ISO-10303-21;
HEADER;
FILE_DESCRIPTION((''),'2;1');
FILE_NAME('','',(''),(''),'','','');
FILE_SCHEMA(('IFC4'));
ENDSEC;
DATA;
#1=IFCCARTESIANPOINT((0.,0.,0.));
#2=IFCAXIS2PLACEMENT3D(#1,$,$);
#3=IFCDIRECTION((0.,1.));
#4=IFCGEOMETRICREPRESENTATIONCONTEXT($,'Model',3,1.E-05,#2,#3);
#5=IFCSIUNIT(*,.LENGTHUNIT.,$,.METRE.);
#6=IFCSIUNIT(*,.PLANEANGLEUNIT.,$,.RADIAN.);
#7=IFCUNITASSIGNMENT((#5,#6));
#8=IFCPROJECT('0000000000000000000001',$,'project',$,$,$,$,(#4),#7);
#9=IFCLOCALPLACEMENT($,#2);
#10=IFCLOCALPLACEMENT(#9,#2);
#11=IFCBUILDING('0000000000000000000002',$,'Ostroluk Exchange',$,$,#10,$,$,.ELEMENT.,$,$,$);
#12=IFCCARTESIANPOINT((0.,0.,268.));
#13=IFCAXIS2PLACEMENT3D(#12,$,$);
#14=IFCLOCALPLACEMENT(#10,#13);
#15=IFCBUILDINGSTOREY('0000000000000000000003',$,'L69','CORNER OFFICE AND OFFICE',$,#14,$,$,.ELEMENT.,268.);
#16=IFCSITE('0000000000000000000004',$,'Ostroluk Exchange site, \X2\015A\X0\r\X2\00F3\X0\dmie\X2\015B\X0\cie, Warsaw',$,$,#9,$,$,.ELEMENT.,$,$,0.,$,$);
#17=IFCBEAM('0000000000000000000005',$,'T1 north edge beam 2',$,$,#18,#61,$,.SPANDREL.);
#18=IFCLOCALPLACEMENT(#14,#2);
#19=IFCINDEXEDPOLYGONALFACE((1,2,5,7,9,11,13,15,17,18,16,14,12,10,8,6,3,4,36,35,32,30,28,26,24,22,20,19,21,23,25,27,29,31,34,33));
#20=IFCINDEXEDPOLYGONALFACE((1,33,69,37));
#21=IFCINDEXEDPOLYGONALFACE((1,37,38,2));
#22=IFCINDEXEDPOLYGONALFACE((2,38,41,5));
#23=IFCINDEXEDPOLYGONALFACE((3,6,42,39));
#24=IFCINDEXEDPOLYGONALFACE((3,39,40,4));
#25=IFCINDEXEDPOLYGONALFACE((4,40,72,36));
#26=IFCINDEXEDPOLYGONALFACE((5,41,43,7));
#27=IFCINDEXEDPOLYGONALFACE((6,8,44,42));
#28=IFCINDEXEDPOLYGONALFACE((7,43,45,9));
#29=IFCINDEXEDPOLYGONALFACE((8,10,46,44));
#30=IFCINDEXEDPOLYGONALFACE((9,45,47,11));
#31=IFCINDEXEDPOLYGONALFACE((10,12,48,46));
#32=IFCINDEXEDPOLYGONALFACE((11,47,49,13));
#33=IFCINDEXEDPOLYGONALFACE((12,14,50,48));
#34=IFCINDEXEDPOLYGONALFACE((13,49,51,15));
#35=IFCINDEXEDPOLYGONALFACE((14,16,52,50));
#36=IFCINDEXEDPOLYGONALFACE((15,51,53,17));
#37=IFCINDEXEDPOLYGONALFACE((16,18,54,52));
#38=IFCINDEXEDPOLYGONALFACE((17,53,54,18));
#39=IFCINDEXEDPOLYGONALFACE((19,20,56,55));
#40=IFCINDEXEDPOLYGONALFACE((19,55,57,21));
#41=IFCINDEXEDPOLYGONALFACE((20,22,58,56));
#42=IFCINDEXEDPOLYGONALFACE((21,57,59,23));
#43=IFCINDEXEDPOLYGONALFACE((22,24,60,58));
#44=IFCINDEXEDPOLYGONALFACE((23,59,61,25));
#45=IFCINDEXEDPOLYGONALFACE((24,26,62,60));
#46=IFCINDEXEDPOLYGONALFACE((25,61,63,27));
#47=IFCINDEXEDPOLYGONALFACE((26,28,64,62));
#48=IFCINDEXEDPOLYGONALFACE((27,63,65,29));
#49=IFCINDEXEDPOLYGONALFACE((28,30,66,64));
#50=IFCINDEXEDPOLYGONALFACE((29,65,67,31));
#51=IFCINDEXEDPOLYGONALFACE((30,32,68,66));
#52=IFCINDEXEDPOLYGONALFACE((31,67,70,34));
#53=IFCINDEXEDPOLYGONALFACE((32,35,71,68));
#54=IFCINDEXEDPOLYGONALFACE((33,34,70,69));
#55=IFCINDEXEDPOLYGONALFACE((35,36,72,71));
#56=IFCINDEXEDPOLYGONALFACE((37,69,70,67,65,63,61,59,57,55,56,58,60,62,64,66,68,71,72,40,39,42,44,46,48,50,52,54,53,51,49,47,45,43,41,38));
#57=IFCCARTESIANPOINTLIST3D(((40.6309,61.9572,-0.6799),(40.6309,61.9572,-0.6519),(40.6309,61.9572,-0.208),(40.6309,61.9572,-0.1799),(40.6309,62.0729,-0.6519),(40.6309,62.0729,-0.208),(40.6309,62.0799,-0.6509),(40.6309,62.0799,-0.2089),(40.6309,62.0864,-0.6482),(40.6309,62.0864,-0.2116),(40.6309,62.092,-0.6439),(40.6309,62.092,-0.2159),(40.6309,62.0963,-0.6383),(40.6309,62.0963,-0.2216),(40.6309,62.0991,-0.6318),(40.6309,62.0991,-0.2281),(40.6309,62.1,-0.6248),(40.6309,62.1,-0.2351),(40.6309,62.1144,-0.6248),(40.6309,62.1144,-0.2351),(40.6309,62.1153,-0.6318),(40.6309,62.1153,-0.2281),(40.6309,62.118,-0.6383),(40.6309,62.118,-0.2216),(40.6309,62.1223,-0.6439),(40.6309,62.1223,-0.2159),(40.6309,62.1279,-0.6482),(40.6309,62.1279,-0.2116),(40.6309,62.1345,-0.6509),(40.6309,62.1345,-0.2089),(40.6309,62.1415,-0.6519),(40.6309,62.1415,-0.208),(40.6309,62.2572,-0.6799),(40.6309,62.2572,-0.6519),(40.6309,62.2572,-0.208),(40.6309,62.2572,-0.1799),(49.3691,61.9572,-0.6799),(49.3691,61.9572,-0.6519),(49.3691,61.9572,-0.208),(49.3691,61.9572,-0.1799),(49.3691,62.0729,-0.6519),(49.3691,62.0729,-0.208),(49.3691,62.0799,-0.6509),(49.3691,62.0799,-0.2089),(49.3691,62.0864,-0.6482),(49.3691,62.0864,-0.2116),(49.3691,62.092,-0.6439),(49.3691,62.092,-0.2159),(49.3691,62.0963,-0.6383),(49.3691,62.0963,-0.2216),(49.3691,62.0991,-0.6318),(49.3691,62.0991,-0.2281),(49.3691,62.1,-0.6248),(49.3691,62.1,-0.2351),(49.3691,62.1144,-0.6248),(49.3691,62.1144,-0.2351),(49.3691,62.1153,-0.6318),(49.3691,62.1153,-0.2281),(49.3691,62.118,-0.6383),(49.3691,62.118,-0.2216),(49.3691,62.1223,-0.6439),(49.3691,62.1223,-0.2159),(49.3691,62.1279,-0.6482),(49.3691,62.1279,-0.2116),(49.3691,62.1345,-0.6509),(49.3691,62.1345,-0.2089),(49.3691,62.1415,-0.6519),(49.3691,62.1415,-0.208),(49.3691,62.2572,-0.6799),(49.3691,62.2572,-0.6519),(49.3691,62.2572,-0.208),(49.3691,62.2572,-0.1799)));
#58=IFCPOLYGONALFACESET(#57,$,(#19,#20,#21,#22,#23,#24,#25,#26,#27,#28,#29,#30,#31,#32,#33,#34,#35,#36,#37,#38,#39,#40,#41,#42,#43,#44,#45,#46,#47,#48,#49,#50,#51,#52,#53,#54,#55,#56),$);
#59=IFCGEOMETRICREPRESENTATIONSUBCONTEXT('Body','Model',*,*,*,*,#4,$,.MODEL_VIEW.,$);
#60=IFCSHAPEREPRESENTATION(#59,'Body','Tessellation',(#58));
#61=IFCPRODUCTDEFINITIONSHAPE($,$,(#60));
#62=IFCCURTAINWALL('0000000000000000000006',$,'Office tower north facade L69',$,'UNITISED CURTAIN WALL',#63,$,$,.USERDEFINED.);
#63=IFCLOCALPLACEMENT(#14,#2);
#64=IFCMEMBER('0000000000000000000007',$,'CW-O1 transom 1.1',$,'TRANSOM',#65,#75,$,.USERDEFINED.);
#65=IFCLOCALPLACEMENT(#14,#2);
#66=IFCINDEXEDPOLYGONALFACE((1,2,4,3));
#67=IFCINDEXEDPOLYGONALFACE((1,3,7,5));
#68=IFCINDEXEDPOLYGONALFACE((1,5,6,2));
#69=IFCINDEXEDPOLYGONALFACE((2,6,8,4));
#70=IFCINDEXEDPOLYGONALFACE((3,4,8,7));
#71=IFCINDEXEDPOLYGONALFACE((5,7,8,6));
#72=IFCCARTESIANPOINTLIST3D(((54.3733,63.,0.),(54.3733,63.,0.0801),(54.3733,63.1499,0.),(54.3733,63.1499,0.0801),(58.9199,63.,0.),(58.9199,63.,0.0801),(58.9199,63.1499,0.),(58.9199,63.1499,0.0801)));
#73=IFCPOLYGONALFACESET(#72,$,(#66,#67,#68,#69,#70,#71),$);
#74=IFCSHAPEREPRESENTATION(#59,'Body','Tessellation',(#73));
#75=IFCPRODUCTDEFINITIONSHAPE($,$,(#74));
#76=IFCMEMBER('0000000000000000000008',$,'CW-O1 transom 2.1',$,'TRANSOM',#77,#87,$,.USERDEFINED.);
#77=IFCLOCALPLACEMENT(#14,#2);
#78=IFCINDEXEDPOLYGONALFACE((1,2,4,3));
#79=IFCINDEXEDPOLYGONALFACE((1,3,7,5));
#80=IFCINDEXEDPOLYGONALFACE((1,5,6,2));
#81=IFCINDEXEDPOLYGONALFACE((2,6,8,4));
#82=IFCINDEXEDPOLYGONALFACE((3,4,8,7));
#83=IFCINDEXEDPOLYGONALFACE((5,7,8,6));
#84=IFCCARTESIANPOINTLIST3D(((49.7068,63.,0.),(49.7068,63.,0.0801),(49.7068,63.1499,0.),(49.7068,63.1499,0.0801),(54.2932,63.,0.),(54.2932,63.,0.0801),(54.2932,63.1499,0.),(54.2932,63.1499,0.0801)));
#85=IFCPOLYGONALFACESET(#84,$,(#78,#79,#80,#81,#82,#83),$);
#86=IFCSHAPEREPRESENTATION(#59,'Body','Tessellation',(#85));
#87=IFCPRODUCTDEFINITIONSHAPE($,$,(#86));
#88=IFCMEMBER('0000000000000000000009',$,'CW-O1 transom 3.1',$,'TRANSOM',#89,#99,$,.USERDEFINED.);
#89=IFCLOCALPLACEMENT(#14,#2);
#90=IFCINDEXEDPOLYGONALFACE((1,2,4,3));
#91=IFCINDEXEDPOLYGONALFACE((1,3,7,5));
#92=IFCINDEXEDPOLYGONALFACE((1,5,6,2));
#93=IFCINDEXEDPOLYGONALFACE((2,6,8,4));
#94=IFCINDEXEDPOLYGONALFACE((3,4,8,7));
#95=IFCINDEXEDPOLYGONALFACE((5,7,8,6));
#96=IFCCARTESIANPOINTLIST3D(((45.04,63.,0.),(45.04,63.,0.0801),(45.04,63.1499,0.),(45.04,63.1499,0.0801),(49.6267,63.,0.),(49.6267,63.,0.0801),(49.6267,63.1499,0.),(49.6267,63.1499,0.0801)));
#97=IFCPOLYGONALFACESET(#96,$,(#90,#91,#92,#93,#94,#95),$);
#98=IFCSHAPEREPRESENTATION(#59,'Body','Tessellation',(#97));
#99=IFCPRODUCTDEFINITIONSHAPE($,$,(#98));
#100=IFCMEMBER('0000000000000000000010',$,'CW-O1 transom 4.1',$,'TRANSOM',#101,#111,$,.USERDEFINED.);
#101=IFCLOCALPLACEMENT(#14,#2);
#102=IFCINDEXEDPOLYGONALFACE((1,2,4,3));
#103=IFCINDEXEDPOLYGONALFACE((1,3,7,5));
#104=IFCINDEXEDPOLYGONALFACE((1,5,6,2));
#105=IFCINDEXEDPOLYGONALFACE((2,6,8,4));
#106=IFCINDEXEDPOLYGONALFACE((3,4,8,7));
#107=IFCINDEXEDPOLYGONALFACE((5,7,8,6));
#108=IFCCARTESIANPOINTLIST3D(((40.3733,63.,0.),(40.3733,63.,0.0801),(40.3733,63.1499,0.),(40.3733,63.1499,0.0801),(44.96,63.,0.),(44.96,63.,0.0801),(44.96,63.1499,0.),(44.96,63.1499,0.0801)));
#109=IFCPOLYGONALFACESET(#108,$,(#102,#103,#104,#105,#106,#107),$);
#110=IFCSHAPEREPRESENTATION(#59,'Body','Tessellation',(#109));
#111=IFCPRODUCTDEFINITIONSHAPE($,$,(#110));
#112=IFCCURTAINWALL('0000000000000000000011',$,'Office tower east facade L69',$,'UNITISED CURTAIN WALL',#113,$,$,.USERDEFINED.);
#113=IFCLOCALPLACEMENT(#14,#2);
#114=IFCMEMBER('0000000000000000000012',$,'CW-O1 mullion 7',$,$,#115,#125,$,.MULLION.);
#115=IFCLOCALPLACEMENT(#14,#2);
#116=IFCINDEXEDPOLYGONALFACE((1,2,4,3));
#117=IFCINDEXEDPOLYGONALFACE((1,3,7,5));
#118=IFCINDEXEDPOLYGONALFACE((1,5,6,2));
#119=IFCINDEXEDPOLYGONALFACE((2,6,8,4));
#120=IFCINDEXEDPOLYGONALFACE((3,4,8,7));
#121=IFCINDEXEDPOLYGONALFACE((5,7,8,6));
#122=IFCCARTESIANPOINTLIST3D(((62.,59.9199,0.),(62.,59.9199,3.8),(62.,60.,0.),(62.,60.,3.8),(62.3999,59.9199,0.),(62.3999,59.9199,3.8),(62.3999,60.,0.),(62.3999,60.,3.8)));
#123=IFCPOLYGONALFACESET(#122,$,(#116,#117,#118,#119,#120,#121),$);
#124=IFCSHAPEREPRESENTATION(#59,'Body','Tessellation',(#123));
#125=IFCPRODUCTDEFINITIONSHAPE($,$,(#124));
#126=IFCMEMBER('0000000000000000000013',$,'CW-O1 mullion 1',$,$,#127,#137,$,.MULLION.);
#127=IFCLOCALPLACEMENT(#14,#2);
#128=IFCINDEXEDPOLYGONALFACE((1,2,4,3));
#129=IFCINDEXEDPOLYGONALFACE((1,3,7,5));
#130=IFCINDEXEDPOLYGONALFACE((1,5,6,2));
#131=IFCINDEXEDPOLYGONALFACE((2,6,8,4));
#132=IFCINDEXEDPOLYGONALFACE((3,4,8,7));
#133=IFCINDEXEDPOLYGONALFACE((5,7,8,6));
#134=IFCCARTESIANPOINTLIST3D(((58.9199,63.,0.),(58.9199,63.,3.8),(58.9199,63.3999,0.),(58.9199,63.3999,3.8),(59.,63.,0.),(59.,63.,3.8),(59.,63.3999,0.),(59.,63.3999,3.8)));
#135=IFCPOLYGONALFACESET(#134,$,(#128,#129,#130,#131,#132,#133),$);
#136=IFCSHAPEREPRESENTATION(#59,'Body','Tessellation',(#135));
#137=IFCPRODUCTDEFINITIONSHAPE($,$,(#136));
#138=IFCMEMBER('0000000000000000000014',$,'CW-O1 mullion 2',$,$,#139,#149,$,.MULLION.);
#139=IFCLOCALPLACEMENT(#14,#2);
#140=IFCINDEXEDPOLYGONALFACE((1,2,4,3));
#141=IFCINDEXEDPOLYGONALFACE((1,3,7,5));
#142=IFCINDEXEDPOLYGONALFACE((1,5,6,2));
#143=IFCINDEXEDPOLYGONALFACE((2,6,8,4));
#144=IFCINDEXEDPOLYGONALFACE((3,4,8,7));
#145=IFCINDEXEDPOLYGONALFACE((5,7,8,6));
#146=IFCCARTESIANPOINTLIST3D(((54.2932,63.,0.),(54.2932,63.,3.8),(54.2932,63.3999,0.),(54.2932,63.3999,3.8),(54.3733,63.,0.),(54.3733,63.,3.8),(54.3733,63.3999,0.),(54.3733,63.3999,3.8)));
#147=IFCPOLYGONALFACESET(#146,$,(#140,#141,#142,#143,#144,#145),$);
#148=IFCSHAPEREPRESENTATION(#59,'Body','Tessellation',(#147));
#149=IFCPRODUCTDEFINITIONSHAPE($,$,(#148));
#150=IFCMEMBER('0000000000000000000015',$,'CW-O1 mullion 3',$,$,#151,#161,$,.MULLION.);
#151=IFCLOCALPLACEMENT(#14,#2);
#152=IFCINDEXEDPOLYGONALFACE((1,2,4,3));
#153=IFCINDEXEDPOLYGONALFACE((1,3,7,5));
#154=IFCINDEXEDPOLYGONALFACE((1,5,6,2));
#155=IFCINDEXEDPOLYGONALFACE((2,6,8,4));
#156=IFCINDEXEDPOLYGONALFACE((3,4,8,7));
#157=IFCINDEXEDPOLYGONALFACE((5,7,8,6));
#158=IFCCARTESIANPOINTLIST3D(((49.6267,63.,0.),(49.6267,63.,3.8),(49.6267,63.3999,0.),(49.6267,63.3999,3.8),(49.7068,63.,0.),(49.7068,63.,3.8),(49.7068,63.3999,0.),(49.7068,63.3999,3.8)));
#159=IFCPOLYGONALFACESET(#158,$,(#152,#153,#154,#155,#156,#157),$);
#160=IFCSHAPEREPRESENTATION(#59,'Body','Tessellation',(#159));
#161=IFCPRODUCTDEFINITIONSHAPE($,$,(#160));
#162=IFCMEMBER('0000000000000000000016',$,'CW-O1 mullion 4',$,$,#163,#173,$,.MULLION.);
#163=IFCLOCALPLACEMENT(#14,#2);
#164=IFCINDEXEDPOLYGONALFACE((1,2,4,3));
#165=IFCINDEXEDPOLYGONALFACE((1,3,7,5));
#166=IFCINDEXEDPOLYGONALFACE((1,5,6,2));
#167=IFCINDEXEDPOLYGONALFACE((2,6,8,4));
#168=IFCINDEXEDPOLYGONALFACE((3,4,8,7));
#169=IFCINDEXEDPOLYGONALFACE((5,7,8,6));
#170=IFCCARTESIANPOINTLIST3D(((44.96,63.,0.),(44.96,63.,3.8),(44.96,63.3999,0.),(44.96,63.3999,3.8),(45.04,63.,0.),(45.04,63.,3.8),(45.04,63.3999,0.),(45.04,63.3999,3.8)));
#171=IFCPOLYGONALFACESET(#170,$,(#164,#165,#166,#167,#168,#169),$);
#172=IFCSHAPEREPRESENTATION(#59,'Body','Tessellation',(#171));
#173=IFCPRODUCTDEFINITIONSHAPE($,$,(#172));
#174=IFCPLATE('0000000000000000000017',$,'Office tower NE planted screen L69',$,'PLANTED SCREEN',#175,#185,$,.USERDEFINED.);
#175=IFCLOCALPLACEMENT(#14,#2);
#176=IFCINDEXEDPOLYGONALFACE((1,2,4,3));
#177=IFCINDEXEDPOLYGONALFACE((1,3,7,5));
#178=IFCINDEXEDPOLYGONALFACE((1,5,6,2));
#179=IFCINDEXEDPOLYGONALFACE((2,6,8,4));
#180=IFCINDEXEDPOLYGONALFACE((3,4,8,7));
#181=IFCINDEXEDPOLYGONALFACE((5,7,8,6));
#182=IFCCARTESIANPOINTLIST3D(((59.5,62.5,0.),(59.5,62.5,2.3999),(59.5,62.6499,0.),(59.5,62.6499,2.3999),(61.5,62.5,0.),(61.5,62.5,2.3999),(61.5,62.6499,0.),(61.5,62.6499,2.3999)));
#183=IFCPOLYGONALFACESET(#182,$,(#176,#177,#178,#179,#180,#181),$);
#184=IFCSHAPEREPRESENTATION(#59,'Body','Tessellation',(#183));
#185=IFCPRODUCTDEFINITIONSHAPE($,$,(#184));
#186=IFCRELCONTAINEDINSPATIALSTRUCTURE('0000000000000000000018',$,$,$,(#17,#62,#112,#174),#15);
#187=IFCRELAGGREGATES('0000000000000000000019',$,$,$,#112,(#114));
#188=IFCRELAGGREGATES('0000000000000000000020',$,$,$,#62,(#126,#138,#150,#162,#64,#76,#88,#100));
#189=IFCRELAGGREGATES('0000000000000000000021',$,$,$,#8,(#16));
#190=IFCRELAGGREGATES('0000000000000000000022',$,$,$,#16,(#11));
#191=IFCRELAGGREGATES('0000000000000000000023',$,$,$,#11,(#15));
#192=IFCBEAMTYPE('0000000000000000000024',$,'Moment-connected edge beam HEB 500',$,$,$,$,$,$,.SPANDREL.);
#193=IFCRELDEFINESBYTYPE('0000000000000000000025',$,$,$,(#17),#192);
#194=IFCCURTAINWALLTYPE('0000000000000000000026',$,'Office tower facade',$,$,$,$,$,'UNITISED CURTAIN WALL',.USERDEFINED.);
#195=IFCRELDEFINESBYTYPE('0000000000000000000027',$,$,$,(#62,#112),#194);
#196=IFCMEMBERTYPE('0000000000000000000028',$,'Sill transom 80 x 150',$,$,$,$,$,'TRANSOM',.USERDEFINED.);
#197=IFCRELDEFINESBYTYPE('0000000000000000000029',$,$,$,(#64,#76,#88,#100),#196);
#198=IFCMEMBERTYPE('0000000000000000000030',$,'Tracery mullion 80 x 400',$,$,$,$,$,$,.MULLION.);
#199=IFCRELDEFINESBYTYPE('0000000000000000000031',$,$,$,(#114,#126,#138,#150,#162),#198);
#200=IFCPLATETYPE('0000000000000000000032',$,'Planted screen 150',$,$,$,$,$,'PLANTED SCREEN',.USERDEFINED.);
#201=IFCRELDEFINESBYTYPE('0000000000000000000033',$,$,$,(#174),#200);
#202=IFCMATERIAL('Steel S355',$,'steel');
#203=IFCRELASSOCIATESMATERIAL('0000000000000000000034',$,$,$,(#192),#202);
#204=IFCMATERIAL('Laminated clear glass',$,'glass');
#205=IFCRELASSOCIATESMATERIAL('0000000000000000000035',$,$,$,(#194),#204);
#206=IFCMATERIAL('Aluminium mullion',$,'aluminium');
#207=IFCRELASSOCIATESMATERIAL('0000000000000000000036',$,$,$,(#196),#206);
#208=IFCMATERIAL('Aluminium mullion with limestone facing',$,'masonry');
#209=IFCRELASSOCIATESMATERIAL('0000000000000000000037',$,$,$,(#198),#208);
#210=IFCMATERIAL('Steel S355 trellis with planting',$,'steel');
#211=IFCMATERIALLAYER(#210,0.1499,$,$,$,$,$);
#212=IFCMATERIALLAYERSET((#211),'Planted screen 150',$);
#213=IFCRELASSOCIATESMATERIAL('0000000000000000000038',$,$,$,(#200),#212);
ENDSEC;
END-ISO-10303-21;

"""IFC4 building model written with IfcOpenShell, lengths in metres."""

from ifc_helpers import new_model, si_unit, direction, frame, origin, origin_2d, place, context, subcontext, project, spatial, rectangle, i_section, extrude, material, layer, layer_set, material_profile, profile_set, type_object, element, aggregate, save


model = new_model("IFC4")

# Units and contexts
model_context = context("Model", 3, precision=1e-05, world=origin(), true_north=direction((0.0, 1.0)))
body_context = subcontext(model_context, "Body", "Model", "MODEL_VIEW")
ifc_project = project(units=[si_unit("LENGTHUNIT", "METRE"), si_unit("PLANEANGLEUNIT", "RADIAN")], contexts=[model_context])

# Site, building, storey
site_placement = place(None, origin())
site = spatial("IfcSite", under=ifc_project, at=site_placement, Name="Ostroluk Exchange site, Śródmieście, Warsaw", CompositionType="ELEMENT", RefElevation=0.0)
building_placement = place(site_placement, origin())
building = spatial("IfcBuilding", under=site, at=building_placement, Name="Ostroluk Exchange", CompositionType="ELEMENT")
storey_placement = place(building_placement, frame((0.0, 0.0, 268.0)))
storey = spatial("IfcBuildingStorey", under=building, at=storey_placement, Name="L69", Description="CORNER OFFICE AND OFFICE", CompositionType="ELEMENT", Elevation=268.0)

# Beam
ifc_material_1 = material(Name="Steel S355", Category="steel")
ifc_material_profile_1 = material_profile(ifc_material_1, i_section(OverallWidth=0.3, OverallDepth=0.5, WebThickness=0.0144, FlangeThickness=0.0281, FilletRadius=0.0271, at=origin_2d()), Name="HEB 500")
ifc_profile_set_1 = profile_set([ifc_material_profile_1], Name="Steel S355")
beam_type_1 = type_object("IfcBeamType", Name="Moment-connected edge beam HEB 500", PredefinedType="SPANDREL", material=ifc_profile_set_1)
beam_1_placement = place(storey_placement, frame((49.3691, 62.1072, -0.4299), z_axis=(-1.0, 0.0, 0.0), x_axis=(0.0, -1.0, 0.0)))
element("IfcBeam", 1, at=beam_1_placement, inside=storey, type_object=beam_type_1, Name="T1 north edge beam 2", PredefinedType="SPANDREL", context=body_context, shape_type="SweptSolid", body=[
    extrude(i_section(OverallWidth=0.3, OverallDepth=0.5, WebThickness=0.0144, FlangeThickness=0.0281, FilletRadius=0.0271, at=origin_2d()), origin(), (0.0, 0.0, 1.0), 8.7383),
])

# Curtain wall, members
ifc_material_2 = material(Name="Laminated clear glass", Category="glass")
curtain_wall_type = type_object("IfcCurtainWallType", Name="Office tower facade", ElementType="UNITISED CURTAIN WALL", PredefinedType="USERDEFINED", material=ifc_material_2)
curtain_wall_1_placement = place(storey_placement, origin())
curtain_wall_1 = element("IfcCurtainWall", 2, at=curtain_wall_1_placement, inside=storey, type_object=curtain_wall_type, Name="Office tower north facade L69", ObjectType="UNITISED CURTAIN WALL", PredefinedType="USERDEFINED")
ifc_material_3 = material(Name="Aluminium mullion", Category="aluminium")
ifc_material_profile_2 = material_profile(ifc_material_3, rectangle(XDim=0.1499, YDim=0.0801, at=origin_2d()), Name="Sill transom 80 x 150")
ifc_profile_set_2 = profile_set([ifc_material_profile_2], Name="Aluminium mullion")
member_type_1 = type_object("IfcMemberType", Name="Sill transom 80 x 150", ElementType="TRANSOM", PredefinedType="USERDEFINED", material=ifc_profile_set_2)
member_1_placement = place(storey_placement, frame((58.9199, 63.075, 0.04), z_axis=(-1.0, 0.0, 0.0), x_axis=(0.0, -1.0, 0.0)))
member_1 = element("IfcMember", 3, at=member_1_placement, type_object=member_type_1, Name="CW-O1 transom 1.1", ObjectType="TRANSOM", PredefinedType="USERDEFINED", context=body_context, shape_type="SweptSolid", body=[
    extrude(rectangle(XDim=0.1499, YDim=0.0801, at=origin_2d()), origin(), (0.0, 0.0, 1.0), 4.5466),
])
member_2_placement = place(storey_placement, frame((54.2932, 63.075, 0.04), z_axis=(-1.0, 0.0, 0.0), x_axis=(0.0, -1.0, 0.0)))
member_2 = element("IfcMember", 4, at=member_2_placement, type_object=member_type_1, Name="CW-O1 transom 2.1", ObjectType="TRANSOM", PredefinedType="USERDEFINED", context=body_context, shape_type="SweptSolid", body=[
    extrude(rectangle(XDim=0.1499, YDim=0.0801, at=origin_2d()), origin(), (0.0, 0.0, 1.0), 4.5864),
])
member_3_placement = place(storey_placement, frame((49.6267, 63.075, 0.04), z_axis=(-1.0, 0.0, 0.0), x_axis=(0.0, -1.0, 0.0)))
member_3 = element("IfcMember", 5, at=member_3_placement, type_object=member_type_1, Name="CW-O1 transom 3.1", ObjectType="TRANSOM", PredefinedType="USERDEFINED", context=body_context, shape_type="SweptSolid", body=[
    extrude(rectangle(XDim=0.1499, YDim=0.0801, at=origin_2d()), origin(), (0.0, 0.0, 1.0), 4.5867),
])
member_4_placement = place(storey_placement, frame((44.96, 63.075, 0.04), z_axis=(-1.0, 0.0, 0.0), x_axis=(0.0, -1.0, 0.0)))
member_4 = element("IfcMember", 6, at=member_4_placement, type_object=member_type_1, Name="CW-O1 transom 4.1", ObjectType="TRANSOM", PredefinedType="USERDEFINED", context=body_context, shape_type="SweptSolid", body=[
    extrude(rectangle(XDim=0.1499, YDim=0.0801, at=origin_2d()), origin(), (0.0, 0.0, 1.0), 4.5867),
])

# Curtain wall, member
curtain_wall_2_placement = place(storey_placement, origin())
curtain_wall_2 = element("IfcCurtainWall", 7, at=curtain_wall_2_placement, inside=storey, type_object=curtain_wall_type, Name="Office tower east facade L69", ObjectType="UNITISED CURTAIN WALL", PredefinedType="USERDEFINED")
ifc_material_4 = material(Name="Aluminium mullion with limestone facing", Category="masonry")
ifc_material_profile_3 = material_profile(ifc_material_4, rectangle(XDim=0.3999, YDim=0.0801, at=origin_2d()), Name="Tracery mullion 80 x 400")
ifc_profile_set_3 = profile_set([ifc_material_profile_3], Name="Aluminium mullion with limestone facing")
member_type_2 = type_object("IfcMemberType", Name="Tracery mullion 80 x 400", PredefinedType="MULLION", material=ifc_profile_set_3)
member_5_placement = place(storey_placement, frame((62.2, 59.96, 0.0), z_axis=(0.0, 0.0, 1.0), x_axis=(-1.0, 0.0, 0.0)))
member_5 = element("IfcMember", 8, at=member_5_placement, type_object=member_type_2, Name="CW-O1 mullion 7", PredefinedType="MULLION", context=body_context, shape_type="SweptSolid", body=[
    extrude(rectangle(XDim=0.3999, YDim=0.0801, at=origin_2d()), origin(), (0.0, 0.0, 1.0), 3.8),
])

# Members
member_6_placement = place(storey_placement, frame((58.96, 63.2, 0.0), z_axis=(0.0, 0.0, 1.0), x_axis=(0.0, -1.0, 0.0)))
member_6 = element("IfcMember", 9, at=member_6_placement, type_object=member_type_2, Name="CW-O1 mullion 1", PredefinedType="MULLION", context=body_context, shape_type="SweptSolid", body=[
    extrude(rectangle(XDim=0.3999, YDim=0.0801, at=origin_2d()), origin(), (0.0, 0.0, 1.0), 3.8),
])
member_7_placement = place(storey_placement, frame((54.3333, 63.2, 0.0), z_axis=(0.0, 0.0, 1.0), x_axis=(0.0, -1.0, 0.0)))
member_7 = element("IfcMember", 10, at=member_7_placement, type_object=member_type_2, Name="CW-O1 mullion 2", PredefinedType="MULLION", context=body_context, shape_type="SweptSolid", body=[
    extrude(rectangle(XDim=0.3999, YDim=0.0801, at=origin_2d()), origin(), (0.0, 0.0, 1.0), 3.8),
])
member_8_placement = place(storey_placement, frame((49.6667, 63.2, 0.0), z_axis=(0.0, 0.0, 1.0), x_axis=(0.0, -1.0, 0.0)))
member_8 = element("IfcMember", 11, at=member_8_placement, type_object=member_type_2, Name="CW-O1 mullion 3", PredefinedType="MULLION", context=body_context, shape_type="SweptSolid", body=[
    extrude(rectangle(XDim=0.3999, YDim=0.0801, at=origin_2d()), origin(), (0.0, 0.0, 1.0), 3.8),
])
member_9_placement = place(storey_placement, frame((45.0, 63.2, 0.0), z_axis=(0.0, 0.0, 1.0), x_axis=(0.0, -1.0, 0.0)))
member_9 = element("IfcMember", 12, at=member_9_placement, type_object=member_type_2, Name="CW-O1 mullion 4", PredefinedType="MULLION", context=body_context, shape_type="SweptSolid", body=[
    extrude(rectangle(XDim=0.3999, YDim=0.0801, at=origin_2d()), origin(), (0.0, 0.0, 1.0), 3.8),
])

# Plate
ifc_material_5 = material(Name="Steel S355 trellis with planting", Category="steel")
ifc_layer_1 = layer(ifc_material_5, 0.1499)
ifc_layer_set_1 = layer_set([ifc_layer_1], Name="Planted screen 150")
plate_type_1 = type_object("IfcPlateType", Name="Planted screen 150", ElementType="PLANTED SCREEN", PredefinedType="USERDEFINED", material=ifc_layer_set_1)
plate_1_placement = place(storey_placement, frame((60.5, 62.575, 0.0), z_axis=(0.0, 0.0, 1.0), x_axis=(1.0, 0.0, 0.0)))
element("IfcPlate", 13, at=plate_1_placement, inside=storey, type_object=plate_type_1, Name="Office tower NE planted screen L69", ObjectType="PLANTED SCREEN", PredefinedType="USERDEFINED", context=body_context, shape_type="SweptSolid", body=[
    extrude(rectangle(XDim=2.0, YDim=0.1499, at=origin_2d()), origin(), (0.0, 0.0, 1.0), 2.3999),
])
aggregate(curtain_wall_2, [member_5])
aggregate(curtain_wall_1, [member_6, member_7, member_8, member_9, member_1, member_2, member_3, member_4])

save(model, "model.ifc")
